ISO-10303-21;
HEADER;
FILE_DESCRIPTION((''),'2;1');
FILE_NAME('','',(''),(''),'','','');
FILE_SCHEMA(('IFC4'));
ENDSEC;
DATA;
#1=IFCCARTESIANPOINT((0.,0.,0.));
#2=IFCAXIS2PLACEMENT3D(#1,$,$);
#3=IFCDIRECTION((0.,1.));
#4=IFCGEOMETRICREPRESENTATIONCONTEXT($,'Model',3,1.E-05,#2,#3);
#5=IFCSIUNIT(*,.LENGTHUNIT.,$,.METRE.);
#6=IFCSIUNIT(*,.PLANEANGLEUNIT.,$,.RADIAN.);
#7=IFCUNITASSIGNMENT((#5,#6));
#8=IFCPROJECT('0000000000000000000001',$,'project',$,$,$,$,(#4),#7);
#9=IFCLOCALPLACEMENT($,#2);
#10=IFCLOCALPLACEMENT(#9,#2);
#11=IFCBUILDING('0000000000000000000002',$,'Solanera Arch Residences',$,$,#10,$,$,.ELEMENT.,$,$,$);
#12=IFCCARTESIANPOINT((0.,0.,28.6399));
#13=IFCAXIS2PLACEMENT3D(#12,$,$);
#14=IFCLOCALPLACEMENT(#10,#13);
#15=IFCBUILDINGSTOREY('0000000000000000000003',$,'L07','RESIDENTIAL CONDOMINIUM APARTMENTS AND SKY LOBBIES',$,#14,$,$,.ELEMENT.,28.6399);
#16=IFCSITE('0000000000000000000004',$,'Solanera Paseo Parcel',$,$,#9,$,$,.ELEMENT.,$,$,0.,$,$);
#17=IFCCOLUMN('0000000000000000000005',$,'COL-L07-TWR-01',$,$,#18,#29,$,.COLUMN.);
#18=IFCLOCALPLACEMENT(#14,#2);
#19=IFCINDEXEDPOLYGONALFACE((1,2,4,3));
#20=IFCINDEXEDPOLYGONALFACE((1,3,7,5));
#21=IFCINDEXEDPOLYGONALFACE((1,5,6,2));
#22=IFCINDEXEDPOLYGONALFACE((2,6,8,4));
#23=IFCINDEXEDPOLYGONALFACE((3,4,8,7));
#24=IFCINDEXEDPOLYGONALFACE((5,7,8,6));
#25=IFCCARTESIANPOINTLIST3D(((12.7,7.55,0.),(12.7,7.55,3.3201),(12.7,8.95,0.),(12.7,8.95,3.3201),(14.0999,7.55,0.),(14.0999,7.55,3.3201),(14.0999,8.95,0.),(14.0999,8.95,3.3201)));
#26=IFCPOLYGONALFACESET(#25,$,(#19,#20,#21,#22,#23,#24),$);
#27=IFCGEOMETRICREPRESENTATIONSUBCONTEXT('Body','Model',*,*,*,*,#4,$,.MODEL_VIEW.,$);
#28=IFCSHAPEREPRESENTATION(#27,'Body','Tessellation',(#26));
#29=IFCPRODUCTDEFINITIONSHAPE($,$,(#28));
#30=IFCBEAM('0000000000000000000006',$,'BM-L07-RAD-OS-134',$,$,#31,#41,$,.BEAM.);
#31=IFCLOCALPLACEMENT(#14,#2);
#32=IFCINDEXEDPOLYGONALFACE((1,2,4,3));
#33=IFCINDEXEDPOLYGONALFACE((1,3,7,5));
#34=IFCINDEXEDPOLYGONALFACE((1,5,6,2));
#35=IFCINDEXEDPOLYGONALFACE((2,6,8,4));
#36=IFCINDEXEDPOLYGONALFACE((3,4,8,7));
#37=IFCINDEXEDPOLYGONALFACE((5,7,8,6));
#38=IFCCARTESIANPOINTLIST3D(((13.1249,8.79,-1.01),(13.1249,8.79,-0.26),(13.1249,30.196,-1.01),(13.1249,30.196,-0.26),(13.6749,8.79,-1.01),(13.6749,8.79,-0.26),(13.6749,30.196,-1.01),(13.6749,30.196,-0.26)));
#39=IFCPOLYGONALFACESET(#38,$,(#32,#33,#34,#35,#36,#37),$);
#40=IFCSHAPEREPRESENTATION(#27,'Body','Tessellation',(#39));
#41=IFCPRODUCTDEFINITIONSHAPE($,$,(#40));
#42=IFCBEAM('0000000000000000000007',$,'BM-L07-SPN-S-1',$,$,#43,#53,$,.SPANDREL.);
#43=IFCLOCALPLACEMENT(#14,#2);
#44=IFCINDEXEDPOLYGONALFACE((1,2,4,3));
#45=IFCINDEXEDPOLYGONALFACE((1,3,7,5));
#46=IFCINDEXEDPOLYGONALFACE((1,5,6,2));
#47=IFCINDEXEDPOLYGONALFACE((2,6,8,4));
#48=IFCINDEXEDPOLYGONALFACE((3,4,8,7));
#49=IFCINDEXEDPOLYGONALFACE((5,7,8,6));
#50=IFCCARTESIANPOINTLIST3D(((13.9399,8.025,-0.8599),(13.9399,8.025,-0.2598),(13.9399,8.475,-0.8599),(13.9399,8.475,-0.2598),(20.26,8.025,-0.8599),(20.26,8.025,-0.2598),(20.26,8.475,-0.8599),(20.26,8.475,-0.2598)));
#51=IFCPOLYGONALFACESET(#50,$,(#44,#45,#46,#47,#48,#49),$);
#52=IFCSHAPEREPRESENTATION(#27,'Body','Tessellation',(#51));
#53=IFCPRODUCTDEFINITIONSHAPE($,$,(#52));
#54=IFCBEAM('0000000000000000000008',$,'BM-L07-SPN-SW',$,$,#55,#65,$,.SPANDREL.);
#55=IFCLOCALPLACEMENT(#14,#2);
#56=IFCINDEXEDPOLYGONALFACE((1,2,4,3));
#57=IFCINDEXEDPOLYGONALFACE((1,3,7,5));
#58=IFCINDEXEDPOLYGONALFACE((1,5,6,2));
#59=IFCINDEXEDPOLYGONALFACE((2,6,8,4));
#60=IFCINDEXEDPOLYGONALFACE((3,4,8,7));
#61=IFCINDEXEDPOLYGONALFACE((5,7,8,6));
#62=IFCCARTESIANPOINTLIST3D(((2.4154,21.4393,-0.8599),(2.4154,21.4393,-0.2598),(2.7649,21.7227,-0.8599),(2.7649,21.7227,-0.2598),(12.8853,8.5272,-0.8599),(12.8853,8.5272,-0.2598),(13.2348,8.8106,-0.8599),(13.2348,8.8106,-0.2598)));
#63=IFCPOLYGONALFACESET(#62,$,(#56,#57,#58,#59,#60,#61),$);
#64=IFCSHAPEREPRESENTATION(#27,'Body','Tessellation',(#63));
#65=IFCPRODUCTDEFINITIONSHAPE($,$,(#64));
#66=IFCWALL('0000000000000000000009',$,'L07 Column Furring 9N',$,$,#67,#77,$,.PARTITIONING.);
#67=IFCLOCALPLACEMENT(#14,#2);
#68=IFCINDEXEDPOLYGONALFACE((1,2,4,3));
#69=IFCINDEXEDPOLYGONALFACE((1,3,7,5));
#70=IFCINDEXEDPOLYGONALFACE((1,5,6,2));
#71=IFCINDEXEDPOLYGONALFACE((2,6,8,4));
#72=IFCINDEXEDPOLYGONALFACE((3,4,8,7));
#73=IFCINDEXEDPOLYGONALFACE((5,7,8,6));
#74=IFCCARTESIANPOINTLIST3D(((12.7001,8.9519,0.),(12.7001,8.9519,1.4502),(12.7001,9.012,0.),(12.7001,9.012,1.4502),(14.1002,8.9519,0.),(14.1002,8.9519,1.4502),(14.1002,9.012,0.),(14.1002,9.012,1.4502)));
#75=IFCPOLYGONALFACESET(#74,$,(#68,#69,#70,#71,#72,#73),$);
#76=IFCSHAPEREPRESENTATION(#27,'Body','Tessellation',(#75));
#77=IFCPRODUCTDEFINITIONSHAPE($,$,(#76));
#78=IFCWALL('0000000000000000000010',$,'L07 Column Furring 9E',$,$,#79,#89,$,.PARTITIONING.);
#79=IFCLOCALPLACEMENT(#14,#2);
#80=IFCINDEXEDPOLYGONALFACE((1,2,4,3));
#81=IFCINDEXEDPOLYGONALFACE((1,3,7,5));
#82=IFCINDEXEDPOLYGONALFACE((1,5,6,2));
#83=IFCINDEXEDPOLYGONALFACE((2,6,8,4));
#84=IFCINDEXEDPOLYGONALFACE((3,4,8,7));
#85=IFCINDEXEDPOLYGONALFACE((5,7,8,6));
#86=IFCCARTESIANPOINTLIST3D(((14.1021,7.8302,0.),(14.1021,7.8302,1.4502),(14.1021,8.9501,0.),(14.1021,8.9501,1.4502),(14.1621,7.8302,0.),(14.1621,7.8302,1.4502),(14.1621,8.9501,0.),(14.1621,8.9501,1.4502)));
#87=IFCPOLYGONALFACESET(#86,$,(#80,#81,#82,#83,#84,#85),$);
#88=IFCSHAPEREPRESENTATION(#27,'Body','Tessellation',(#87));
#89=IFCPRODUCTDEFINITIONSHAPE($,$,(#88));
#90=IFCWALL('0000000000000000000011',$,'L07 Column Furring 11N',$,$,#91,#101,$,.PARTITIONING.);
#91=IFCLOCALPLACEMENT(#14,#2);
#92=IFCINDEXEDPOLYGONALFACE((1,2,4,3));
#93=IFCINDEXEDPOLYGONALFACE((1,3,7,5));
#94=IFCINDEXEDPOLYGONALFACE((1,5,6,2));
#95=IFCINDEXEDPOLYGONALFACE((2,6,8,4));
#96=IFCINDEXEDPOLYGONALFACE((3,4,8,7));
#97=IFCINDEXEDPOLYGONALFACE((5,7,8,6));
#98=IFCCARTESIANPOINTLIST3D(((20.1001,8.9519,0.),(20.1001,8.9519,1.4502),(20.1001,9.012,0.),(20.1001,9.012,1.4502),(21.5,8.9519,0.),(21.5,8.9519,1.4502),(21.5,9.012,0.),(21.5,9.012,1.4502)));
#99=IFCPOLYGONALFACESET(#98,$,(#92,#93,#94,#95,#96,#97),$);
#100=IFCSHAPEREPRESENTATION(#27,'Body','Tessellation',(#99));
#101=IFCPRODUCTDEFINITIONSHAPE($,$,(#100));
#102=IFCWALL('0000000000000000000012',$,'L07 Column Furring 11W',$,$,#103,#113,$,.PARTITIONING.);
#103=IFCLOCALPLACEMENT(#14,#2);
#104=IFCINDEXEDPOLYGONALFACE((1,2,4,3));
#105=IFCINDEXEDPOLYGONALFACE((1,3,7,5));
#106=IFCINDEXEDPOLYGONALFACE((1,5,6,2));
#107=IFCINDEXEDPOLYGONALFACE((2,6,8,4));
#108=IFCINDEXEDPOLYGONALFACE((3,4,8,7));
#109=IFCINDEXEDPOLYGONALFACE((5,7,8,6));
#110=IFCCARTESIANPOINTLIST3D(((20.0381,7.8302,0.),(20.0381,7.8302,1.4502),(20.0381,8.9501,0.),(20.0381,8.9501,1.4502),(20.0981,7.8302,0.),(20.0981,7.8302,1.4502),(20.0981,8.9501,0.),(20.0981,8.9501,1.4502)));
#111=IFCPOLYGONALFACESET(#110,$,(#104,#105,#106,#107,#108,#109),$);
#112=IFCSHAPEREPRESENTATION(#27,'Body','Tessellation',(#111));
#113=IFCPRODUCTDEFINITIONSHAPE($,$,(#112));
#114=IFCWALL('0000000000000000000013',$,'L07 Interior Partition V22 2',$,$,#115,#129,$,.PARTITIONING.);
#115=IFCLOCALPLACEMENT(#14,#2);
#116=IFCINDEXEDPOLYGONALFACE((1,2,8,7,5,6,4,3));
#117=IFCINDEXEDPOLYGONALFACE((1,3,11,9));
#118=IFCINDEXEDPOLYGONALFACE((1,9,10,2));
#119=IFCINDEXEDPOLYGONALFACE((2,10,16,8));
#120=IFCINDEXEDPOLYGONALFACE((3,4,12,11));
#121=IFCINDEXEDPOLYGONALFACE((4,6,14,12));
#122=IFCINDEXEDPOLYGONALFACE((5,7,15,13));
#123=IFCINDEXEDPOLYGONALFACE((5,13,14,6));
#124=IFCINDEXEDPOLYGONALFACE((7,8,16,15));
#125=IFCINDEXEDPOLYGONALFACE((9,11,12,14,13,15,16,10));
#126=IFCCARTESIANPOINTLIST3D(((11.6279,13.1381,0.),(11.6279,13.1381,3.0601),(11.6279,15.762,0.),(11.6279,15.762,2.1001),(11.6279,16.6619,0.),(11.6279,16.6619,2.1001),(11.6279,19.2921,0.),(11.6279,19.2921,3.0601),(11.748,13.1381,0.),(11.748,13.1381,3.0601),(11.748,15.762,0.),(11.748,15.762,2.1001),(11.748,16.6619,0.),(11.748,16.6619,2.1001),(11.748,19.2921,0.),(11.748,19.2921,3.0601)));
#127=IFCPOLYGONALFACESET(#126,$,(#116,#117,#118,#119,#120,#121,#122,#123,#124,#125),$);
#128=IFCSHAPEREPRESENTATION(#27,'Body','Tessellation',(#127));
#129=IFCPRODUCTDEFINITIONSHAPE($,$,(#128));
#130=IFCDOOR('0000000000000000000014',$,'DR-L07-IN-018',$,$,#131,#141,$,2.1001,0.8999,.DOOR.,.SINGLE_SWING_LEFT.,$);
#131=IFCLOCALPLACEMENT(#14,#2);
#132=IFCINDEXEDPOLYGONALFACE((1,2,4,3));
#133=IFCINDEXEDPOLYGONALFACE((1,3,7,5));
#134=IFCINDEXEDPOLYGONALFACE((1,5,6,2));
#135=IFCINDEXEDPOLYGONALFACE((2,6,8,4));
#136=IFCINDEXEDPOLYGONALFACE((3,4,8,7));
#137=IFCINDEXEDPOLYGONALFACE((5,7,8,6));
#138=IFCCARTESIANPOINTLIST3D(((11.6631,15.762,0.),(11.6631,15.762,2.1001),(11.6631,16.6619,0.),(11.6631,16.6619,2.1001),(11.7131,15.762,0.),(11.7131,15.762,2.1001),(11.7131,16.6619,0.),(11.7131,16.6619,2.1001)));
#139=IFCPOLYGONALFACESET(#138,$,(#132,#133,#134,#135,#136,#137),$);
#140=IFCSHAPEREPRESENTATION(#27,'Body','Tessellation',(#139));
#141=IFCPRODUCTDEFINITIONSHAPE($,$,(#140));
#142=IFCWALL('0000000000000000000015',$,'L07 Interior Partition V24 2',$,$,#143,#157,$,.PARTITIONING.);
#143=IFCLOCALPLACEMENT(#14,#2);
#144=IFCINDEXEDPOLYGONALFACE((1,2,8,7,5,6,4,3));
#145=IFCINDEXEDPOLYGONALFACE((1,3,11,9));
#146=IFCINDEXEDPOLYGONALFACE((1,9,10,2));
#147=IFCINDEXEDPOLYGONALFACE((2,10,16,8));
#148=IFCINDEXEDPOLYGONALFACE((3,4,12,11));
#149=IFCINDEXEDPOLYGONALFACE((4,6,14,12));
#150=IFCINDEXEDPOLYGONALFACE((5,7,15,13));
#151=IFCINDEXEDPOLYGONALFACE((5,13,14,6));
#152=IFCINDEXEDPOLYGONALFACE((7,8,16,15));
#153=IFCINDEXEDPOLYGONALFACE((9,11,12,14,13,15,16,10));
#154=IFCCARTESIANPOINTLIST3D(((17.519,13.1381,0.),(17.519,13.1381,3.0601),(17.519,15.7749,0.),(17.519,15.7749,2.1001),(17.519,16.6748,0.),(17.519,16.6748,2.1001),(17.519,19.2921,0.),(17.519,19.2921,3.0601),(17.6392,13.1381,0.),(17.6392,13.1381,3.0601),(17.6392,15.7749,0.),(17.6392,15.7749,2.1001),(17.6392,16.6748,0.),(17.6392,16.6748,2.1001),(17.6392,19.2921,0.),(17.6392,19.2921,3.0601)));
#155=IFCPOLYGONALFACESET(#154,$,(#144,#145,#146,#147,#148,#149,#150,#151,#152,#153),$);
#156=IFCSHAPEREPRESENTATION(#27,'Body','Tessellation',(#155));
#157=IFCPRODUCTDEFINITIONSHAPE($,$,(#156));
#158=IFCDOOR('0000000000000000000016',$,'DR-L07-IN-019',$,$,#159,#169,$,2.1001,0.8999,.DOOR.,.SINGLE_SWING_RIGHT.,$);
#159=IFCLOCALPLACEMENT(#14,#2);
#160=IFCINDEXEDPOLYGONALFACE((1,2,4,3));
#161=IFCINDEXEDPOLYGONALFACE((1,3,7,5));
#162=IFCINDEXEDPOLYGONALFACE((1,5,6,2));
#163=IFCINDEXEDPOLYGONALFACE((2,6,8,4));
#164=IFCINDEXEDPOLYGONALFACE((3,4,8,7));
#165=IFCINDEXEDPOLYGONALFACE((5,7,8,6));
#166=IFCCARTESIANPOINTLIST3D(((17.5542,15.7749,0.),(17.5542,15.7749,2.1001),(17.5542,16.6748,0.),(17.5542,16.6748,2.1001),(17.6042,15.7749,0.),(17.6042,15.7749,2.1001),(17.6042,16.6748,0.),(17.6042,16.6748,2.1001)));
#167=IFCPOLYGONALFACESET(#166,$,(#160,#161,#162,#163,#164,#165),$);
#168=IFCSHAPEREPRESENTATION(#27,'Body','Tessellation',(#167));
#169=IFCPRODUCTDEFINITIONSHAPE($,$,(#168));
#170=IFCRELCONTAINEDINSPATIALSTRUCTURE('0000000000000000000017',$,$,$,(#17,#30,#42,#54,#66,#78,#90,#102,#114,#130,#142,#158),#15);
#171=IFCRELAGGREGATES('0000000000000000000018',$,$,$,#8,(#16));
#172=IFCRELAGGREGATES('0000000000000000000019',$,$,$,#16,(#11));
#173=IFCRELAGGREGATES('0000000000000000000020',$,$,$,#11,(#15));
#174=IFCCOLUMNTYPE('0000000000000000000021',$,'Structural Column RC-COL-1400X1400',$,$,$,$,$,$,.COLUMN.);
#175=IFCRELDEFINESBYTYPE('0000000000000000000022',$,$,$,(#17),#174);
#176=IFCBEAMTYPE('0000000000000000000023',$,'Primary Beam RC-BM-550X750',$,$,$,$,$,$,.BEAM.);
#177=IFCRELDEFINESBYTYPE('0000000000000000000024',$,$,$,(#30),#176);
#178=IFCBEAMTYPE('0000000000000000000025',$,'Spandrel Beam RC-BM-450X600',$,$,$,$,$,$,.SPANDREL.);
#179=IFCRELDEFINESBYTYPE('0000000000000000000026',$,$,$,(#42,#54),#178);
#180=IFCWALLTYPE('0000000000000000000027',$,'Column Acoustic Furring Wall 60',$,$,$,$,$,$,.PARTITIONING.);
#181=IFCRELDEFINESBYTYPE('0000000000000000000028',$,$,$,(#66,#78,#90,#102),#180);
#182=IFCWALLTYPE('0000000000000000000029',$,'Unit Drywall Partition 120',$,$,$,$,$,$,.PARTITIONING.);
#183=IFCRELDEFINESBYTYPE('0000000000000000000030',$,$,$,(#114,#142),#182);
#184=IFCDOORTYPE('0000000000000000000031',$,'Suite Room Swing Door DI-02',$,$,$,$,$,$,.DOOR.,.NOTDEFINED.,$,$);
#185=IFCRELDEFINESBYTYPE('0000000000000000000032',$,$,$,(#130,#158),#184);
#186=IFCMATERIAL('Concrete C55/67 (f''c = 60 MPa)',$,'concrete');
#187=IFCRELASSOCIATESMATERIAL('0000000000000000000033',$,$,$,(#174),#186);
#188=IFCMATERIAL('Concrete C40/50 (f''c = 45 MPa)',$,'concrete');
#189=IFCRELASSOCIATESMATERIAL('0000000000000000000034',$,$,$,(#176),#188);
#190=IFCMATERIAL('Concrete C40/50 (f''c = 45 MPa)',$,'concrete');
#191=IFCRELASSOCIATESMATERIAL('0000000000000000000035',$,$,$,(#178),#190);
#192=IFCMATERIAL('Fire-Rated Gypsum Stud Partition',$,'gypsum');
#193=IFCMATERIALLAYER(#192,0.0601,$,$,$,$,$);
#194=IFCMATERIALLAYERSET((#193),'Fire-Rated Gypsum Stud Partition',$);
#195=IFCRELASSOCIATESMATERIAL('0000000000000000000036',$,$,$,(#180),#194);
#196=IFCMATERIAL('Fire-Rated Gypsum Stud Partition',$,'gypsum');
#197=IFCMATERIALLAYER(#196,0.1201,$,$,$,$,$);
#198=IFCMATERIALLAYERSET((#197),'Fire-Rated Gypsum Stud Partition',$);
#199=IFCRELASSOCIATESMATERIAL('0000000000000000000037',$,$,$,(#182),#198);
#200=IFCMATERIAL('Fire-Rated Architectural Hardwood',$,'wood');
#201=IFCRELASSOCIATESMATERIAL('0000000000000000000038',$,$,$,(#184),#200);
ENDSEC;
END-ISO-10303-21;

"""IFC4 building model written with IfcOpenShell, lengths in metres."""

from ifc_helpers import new_model, si_unit, direction, frame, frame_2d, origin, origin_2d, place, context, subcontext, project, spatial, rectangle, extrude, material, layer, layer_set, material_profile, profile_set, type_object, element, fill, save


model = new_model("IFC4")

# Units and contexts
model_context = context("Model", 3, precision=1e-05, world=origin(), true_north=direction((0.0, 1.0)))
body_context = subcontext(model_context, "Body", "Model", "MODEL_VIEW")
ifc_project = project(units=[si_unit("LENGTHUNIT", "METRE"), si_unit("PLANEANGLEUNIT", "RADIAN")], contexts=[model_context])

# Site, building, storey
site_placement = place(None, origin())
site = spatial("IfcSite", under=ifc_project, at=site_placement, Name="Solanera Paseo Parcel", CompositionType="ELEMENT", RefElevation=0.0)
building_placement = place(site_placement, origin())
building = spatial("IfcBuilding", under=site, at=building_placement, Name="Solanera Arch Residences", CompositionType="ELEMENT")
storey_placement = place(building_placement, frame((0.0, 0.0, 28.6399)))
storey = spatial("IfcBuildingStorey", under=building, at=storey_placement, Name="L07", Description="RESIDENTIAL CONDOMINIUM APARTMENTS AND SKY LOBBIES", CompositionType="ELEMENT", Elevation=28.6399)

# Column
ifc_material_1 = material(Name="Concrete C55/67 (f'c = 60 MPa)", Category="concrete")
ifc_material_profile_1 = material_profile(ifc_material_1, rectangle(XDim=1.3999, YDim=1.3999, at=origin_2d()))
ifc_profile_set_1 = profile_set([ifc_material_profile_1], Name="Concrete C55/67 (f'c = 60 MPa)")
column_type = type_object("IfcColumnType", Name="Structural Column RC-COL-1400X1400", PredefinedType="COLUMN", material=ifc_profile_set_1)
column_placement = place(storey_placement, frame((13.3999, 8.25, 0.0), z_axis=(0.0, 0.0, 1.0), x_axis=(1.0, 0.0, 0.0)))
element("IfcColumn", 1, at=column_placement, inside=storey, type_object=column_type, Name="COL-L07-TWR-01", PredefinedType="COLUMN", context=body_context, shape_type="SweptSolid", body=[
    extrude(rectangle(XDim=1.3999, YDim=1.3999, at=origin_2d()), origin(), (0.0, 0.0, 1.0), 3.3201),
])

# Beams
ifc_material_2 = material(Name="Concrete C40/50 (f'c = 45 MPa)", Category="concrete")
ifc_material_profile_2 = material_profile(ifc_material_2, rectangle(XDim=0.55, YDim=0.75, at=origin_2d()))
ifc_profile_set_2 = profile_set([ifc_material_profile_2], Name="Concrete C40/50 (f'c = 45 MPa)")
beam_type_1 = type_object("IfcBeamType", Name="Primary Beam RC-BM-550X750", PredefinedType="BEAM", material=ifc_profile_set_2)
beam_1_placement = place(storey_placement, frame((13.3999, 8.79, -0.635), z_axis=(0.0, 1.0, 0.0), x_axis=(-1.0, 0.0, 0.0)))
element("IfcBeam", 2, at=beam_1_placement, inside=storey, type_object=beam_type_1, Name="BM-L07-RAD-OS-134", PredefinedType="BEAM", context=body_context, shape_type="SweptSolid", body=[
    extrude(rectangle(XDim=0.55, YDim=0.75, at=origin_2d()), origin(), (0.0, 0.0, 1.0), 21.406),
])
ifc_material_3 = material(Name="Concrete C40/50 (f'c = 45 MPa)", Category="concrete")
ifc_material_profile_3 = material_profile(ifc_material_3, rectangle(XDim=0.45, YDim=0.6001, at=origin_2d()))
ifc_profile_set_3 = profile_set([ifc_material_profile_3], Name="Concrete C40/50 (f'c = 45 MPa)")
beam_type_2 = type_object("IfcBeamType", Name="Spandrel Beam RC-BM-450X600", PredefinedType="SPANDREL", material=ifc_profile_set_3)
beam_2_placement = place(storey_placement, frame((13.9399, 8.25, -0.5598), z_axis=(1.0, 0.0, 0.0), x_axis=(0.0, 1.0, 0.0)))
element("IfcBeam", 3, at=beam_2_placement, inside=storey, type_object=beam_type_2, Name="BM-L07-SPN-S-1", PredefinedType="SPANDREL", context=body_context, shape_type="SweptSolid", body=[
    extrude(rectangle(XDim=0.45, YDim=0.6001, at=origin_2d()), origin(), (0.0, 0.0, 1.0), 6.3201),
])
beam_3_placement = place(storey_placement, frame((13.0601, 8.6689, -0.5598), z_axis=(-0.629827, 0.776735, 0.0), x_axis=(-0.776735, -0.629827, 0.0)))
element("IfcBeam", 4, at=beam_3_placement, inside=storey, type_object=beam_type_2, Name="BM-L07-SPN-SW", PredefinedType="SPANDREL", context=body_context, shape_type="SweptSolid", body=[
    extrude(rectangle(XDim=0.45, YDim=0.6001, at=origin_2d()), origin(), (0.0, 0.0, 1.0), 16.6235),
])

# Walls
ifc_material_4 = material(Name="Fire-Rated Gypsum Stud Partition", Category="gypsum")
ifc_layer_1 = layer(ifc_material_4, 0.0601)
ifc_layer_set_1 = layer_set([ifc_layer_1], Name="Fire-Rated Gypsum Stud Partition")
wall_type_1 = type_object("IfcWallType", Name="Column Acoustic Furring Wall 60", PredefinedType="PARTITIONING", material=ifc_layer_set_1)
wall_1_placement = place(storey_placement, frame((12.7, 8.9819, 0.0), z_axis=(0.0, 0.0, 1.0), x_axis=(1.0, 0.0, 0.0)))
element("IfcWall", 5, at=wall_1_placement, inside=storey, type_object=wall_type_1, Name="L07 Column Furring 9N", PredefinedType="PARTITIONING", context=body_context, shape_type="SweptSolid", body=[
    extrude(rectangle(XDim=1.4001, YDim=0.0601, at=frame_2d((0.7002, 0.0))), origin(), (0.0, 0.0, 1.0), 1.4502),
])
wall_2_placement = place(storey_placement, frame((14.1321, 7.8301, 0.0), z_axis=(0.0, 0.0, 1.0), x_axis=(0.0, 1.0, 0.0)))
element("IfcWall", 6, at=wall_2_placement, inside=storey, type_object=wall_type_1, Name="L07 Column Furring 9E", PredefinedType="PARTITIONING", context=body_context, shape_type="SweptSolid", body=[
    extrude(rectangle(XDim=1.1199, YDim=0.0601, at=frame_2d((0.5601, 0.0))), origin(), (0.0, 0.0, 1.0), 1.4502),
])
wall_3_placement = place(storey_placement, frame((20.1001, 8.9819, 0.0), z_axis=(0.0, 0.0, 1.0), x_axis=(1.0, 0.0, 0.0)))
element("IfcWall", 7, at=wall_3_placement, inside=storey, type_object=wall_type_1, Name="L07 Column Furring 11N", PredefinedType="PARTITIONING", context=body_context, shape_type="SweptSolid", body=[
    extrude(rectangle(XDim=1.3999, YDim=0.0601, at=frame_2d((0.7, 0.0))), origin(), (0.0, 0.0, 1.0), 1.4502),
])
wall_4_placement = place(storey_placement, frame((20.0681, 7.8301, 0.0), z_axis=(0.0, 0.0, 1.0), x_axis=(0.0, 1.0, 0.0)))
element("IfcWall", 8, at=wall_4_placement, inside=storey, type_object=wall_type_1, Name="L07 Column Furring 11W", PredefinedType="PARTITIONING", context=body_context, shape_type="SweptSolid", body=[
    extrude(rectangle(XDim=1.1199, YDim=0.0601, at=frame_2d((0.5601, 0.0))), origin(), (0.0, 0.0, 1.0), 1.4502),
])

# Walls, openings, doors
ifc_material_5 = material(Name="Fire-Rated Gypsum Stud Partition", Category="gypsum")
ifc_layer_2 = layer(ifc_material_5, 0.1201)
ifc_layer_set_2 = layer_set([ifc_layer_2], Name="Fire-Rated Gypsum Stud Partition")
wall_type_2 = type_object("IfcWallType", Name="Unit Drywall Partition 120", PredefinedType="PARTITIONING", material=ifc_layer_set_2)
wall_5_placement = place(storey_placement, frame((11.688, 13.1379, 0.0), z_axis=(0.0, 0.0, 1.0), x_axis=(0.0, 1.0, 0.0)))
wall_5 = element("IfcWall", 9, at=wall_5_placement, inside=storey, type_object=wall_type_2, Name="L07 Interior Partition V22 2", PredefinedType="PARTITIONING", context=body_context, shape_type="SweptSolid", body=[
    extrude(rectangle(XDim=6.1541, YDim=0.1201, at=frame_2d((3.0771, 0.0))), origin(), (0.0, 0.0, 1.0), 3.0601),
])
opening_1_placement = place(wall_5_placement, frame((2.624, 0.0, 0.0)))
opening_1 = element("IfcOpeningElement", 10, at=opening_1_placement, cuts=wall_5, PredefinedType="OPENING", context=body_context, shape_type="SweptSolid", body=[
    extrude(rectangle(XDim=0.8999, YDim=2.1001, at=frame_2d((0.45, 1.05))), frame((0.0, 0.0701, 0.0), z_axis=(0.0, -1.0, 0.0), x_axis=(1.0, 0.0, 0.0)), (0.0, 0.0, 1.0), 0.1401),
])
ifc_material_6 = material(Name="Fire-Rated Architectural Hardwood", Category="wood")
door_type = type_object("IfcDoorType", Name="Suite Room Swing Door DI-02", OperationType="NOTDEFINED", PredefinedType="DOOR", material=ifc_material_6)
door_1_placement = place(opening_1_placement, origin())
door_1 = element("IfcDoor", 11, at=door_1_placement, inside=storey, type_object=door_type, Name="DR-L07-IN-018", OperationType="SINGLE_SWING_LEFT", OverallHeight=2.1001, OverallWidth=0.8999, PredefinedType="DOOR", context=body_context, shape_type="SweptSolid", body=[
    extrude(rectangle(XDim=0.8999, YDim=2.1001, at=frame_2d((0.45, 1.05))), frame((0.0, 0.0249, 0.0), z_axis=(0.0, -1.0, 0.0), x_axis=(1.0, 0.0, 0.0)), (0.0, 0.0, 1.0), 0.05),
])
fill(opening_1, door_1)
wall_6_placement = place(storey_placement, frame((17.5791, 13.1379, 0.0), z_axis=(0.0, 0.0, 1.0), x_axis=(0.0, 1.0, 0.0)))
wall_6 = element("IfcWall", 12, at=wall_6_placement, inside=storey, type_object=wall_type_2, Name="L07 Interior Partition V24 2", PredefinedType="PARTITIONING", context=body_context, shape_type="SweptSolid", body=[
    extrude(rectangle(XDim=6.1541, YDim=0.1201, at=frame_2d((3.0771, 0.0))), origin(), (0.0, 0.0, 1.0), 3.0601),
])
opening_2_placement = place(wall_6_placement, frame((2.637, 0.0, 0.0)))
opening_2 = element("IfcOpeningElement", 13, at=opening_2_placement, cuts=wall_6, PredefinedType="OPENING", context=body_context, shape_type="SweptSolid", body=[
    extrude(rectangle(XDim=0.8999, YDim=2.1001, at=frame_2d((0.45, 1.05))), frame((0.0, 0.0701, 0.0), z_axis=(0.0, -1.0, 0.0), x_axis=(1.0, 0.0, 0.0)), (0.0, 0.0, 1.0), 0.1401),
])
door_2_placement = place(opening_2_placement, origin())
door_2 = element("IfcDoor", 14, at=door_2_placement, inside=storey, type_object=door_type, Name="DR-L07-IN-019", OperationType="SINGLE_SWING_RIGHT", OverallHeight=2.1001, OverallWidth=0.8999, PredefinedType="DOOR", context=body_context, shape_type="SweptSolid", body=[
    extrude(rectangle(XDim=0.8999, YDim=2.1001, at=frame_2d((0.45, 1.05))), frame((0.0, 0.0249, 0.0), z_axis=(0.0, -1.0, 0.0), x_axis=(1.0, 0.0, 0.0)), (0.0, 0.0, 1.0), 0.05),
])
fill(opening_2, door_2)

save(model, "model.ifc")
